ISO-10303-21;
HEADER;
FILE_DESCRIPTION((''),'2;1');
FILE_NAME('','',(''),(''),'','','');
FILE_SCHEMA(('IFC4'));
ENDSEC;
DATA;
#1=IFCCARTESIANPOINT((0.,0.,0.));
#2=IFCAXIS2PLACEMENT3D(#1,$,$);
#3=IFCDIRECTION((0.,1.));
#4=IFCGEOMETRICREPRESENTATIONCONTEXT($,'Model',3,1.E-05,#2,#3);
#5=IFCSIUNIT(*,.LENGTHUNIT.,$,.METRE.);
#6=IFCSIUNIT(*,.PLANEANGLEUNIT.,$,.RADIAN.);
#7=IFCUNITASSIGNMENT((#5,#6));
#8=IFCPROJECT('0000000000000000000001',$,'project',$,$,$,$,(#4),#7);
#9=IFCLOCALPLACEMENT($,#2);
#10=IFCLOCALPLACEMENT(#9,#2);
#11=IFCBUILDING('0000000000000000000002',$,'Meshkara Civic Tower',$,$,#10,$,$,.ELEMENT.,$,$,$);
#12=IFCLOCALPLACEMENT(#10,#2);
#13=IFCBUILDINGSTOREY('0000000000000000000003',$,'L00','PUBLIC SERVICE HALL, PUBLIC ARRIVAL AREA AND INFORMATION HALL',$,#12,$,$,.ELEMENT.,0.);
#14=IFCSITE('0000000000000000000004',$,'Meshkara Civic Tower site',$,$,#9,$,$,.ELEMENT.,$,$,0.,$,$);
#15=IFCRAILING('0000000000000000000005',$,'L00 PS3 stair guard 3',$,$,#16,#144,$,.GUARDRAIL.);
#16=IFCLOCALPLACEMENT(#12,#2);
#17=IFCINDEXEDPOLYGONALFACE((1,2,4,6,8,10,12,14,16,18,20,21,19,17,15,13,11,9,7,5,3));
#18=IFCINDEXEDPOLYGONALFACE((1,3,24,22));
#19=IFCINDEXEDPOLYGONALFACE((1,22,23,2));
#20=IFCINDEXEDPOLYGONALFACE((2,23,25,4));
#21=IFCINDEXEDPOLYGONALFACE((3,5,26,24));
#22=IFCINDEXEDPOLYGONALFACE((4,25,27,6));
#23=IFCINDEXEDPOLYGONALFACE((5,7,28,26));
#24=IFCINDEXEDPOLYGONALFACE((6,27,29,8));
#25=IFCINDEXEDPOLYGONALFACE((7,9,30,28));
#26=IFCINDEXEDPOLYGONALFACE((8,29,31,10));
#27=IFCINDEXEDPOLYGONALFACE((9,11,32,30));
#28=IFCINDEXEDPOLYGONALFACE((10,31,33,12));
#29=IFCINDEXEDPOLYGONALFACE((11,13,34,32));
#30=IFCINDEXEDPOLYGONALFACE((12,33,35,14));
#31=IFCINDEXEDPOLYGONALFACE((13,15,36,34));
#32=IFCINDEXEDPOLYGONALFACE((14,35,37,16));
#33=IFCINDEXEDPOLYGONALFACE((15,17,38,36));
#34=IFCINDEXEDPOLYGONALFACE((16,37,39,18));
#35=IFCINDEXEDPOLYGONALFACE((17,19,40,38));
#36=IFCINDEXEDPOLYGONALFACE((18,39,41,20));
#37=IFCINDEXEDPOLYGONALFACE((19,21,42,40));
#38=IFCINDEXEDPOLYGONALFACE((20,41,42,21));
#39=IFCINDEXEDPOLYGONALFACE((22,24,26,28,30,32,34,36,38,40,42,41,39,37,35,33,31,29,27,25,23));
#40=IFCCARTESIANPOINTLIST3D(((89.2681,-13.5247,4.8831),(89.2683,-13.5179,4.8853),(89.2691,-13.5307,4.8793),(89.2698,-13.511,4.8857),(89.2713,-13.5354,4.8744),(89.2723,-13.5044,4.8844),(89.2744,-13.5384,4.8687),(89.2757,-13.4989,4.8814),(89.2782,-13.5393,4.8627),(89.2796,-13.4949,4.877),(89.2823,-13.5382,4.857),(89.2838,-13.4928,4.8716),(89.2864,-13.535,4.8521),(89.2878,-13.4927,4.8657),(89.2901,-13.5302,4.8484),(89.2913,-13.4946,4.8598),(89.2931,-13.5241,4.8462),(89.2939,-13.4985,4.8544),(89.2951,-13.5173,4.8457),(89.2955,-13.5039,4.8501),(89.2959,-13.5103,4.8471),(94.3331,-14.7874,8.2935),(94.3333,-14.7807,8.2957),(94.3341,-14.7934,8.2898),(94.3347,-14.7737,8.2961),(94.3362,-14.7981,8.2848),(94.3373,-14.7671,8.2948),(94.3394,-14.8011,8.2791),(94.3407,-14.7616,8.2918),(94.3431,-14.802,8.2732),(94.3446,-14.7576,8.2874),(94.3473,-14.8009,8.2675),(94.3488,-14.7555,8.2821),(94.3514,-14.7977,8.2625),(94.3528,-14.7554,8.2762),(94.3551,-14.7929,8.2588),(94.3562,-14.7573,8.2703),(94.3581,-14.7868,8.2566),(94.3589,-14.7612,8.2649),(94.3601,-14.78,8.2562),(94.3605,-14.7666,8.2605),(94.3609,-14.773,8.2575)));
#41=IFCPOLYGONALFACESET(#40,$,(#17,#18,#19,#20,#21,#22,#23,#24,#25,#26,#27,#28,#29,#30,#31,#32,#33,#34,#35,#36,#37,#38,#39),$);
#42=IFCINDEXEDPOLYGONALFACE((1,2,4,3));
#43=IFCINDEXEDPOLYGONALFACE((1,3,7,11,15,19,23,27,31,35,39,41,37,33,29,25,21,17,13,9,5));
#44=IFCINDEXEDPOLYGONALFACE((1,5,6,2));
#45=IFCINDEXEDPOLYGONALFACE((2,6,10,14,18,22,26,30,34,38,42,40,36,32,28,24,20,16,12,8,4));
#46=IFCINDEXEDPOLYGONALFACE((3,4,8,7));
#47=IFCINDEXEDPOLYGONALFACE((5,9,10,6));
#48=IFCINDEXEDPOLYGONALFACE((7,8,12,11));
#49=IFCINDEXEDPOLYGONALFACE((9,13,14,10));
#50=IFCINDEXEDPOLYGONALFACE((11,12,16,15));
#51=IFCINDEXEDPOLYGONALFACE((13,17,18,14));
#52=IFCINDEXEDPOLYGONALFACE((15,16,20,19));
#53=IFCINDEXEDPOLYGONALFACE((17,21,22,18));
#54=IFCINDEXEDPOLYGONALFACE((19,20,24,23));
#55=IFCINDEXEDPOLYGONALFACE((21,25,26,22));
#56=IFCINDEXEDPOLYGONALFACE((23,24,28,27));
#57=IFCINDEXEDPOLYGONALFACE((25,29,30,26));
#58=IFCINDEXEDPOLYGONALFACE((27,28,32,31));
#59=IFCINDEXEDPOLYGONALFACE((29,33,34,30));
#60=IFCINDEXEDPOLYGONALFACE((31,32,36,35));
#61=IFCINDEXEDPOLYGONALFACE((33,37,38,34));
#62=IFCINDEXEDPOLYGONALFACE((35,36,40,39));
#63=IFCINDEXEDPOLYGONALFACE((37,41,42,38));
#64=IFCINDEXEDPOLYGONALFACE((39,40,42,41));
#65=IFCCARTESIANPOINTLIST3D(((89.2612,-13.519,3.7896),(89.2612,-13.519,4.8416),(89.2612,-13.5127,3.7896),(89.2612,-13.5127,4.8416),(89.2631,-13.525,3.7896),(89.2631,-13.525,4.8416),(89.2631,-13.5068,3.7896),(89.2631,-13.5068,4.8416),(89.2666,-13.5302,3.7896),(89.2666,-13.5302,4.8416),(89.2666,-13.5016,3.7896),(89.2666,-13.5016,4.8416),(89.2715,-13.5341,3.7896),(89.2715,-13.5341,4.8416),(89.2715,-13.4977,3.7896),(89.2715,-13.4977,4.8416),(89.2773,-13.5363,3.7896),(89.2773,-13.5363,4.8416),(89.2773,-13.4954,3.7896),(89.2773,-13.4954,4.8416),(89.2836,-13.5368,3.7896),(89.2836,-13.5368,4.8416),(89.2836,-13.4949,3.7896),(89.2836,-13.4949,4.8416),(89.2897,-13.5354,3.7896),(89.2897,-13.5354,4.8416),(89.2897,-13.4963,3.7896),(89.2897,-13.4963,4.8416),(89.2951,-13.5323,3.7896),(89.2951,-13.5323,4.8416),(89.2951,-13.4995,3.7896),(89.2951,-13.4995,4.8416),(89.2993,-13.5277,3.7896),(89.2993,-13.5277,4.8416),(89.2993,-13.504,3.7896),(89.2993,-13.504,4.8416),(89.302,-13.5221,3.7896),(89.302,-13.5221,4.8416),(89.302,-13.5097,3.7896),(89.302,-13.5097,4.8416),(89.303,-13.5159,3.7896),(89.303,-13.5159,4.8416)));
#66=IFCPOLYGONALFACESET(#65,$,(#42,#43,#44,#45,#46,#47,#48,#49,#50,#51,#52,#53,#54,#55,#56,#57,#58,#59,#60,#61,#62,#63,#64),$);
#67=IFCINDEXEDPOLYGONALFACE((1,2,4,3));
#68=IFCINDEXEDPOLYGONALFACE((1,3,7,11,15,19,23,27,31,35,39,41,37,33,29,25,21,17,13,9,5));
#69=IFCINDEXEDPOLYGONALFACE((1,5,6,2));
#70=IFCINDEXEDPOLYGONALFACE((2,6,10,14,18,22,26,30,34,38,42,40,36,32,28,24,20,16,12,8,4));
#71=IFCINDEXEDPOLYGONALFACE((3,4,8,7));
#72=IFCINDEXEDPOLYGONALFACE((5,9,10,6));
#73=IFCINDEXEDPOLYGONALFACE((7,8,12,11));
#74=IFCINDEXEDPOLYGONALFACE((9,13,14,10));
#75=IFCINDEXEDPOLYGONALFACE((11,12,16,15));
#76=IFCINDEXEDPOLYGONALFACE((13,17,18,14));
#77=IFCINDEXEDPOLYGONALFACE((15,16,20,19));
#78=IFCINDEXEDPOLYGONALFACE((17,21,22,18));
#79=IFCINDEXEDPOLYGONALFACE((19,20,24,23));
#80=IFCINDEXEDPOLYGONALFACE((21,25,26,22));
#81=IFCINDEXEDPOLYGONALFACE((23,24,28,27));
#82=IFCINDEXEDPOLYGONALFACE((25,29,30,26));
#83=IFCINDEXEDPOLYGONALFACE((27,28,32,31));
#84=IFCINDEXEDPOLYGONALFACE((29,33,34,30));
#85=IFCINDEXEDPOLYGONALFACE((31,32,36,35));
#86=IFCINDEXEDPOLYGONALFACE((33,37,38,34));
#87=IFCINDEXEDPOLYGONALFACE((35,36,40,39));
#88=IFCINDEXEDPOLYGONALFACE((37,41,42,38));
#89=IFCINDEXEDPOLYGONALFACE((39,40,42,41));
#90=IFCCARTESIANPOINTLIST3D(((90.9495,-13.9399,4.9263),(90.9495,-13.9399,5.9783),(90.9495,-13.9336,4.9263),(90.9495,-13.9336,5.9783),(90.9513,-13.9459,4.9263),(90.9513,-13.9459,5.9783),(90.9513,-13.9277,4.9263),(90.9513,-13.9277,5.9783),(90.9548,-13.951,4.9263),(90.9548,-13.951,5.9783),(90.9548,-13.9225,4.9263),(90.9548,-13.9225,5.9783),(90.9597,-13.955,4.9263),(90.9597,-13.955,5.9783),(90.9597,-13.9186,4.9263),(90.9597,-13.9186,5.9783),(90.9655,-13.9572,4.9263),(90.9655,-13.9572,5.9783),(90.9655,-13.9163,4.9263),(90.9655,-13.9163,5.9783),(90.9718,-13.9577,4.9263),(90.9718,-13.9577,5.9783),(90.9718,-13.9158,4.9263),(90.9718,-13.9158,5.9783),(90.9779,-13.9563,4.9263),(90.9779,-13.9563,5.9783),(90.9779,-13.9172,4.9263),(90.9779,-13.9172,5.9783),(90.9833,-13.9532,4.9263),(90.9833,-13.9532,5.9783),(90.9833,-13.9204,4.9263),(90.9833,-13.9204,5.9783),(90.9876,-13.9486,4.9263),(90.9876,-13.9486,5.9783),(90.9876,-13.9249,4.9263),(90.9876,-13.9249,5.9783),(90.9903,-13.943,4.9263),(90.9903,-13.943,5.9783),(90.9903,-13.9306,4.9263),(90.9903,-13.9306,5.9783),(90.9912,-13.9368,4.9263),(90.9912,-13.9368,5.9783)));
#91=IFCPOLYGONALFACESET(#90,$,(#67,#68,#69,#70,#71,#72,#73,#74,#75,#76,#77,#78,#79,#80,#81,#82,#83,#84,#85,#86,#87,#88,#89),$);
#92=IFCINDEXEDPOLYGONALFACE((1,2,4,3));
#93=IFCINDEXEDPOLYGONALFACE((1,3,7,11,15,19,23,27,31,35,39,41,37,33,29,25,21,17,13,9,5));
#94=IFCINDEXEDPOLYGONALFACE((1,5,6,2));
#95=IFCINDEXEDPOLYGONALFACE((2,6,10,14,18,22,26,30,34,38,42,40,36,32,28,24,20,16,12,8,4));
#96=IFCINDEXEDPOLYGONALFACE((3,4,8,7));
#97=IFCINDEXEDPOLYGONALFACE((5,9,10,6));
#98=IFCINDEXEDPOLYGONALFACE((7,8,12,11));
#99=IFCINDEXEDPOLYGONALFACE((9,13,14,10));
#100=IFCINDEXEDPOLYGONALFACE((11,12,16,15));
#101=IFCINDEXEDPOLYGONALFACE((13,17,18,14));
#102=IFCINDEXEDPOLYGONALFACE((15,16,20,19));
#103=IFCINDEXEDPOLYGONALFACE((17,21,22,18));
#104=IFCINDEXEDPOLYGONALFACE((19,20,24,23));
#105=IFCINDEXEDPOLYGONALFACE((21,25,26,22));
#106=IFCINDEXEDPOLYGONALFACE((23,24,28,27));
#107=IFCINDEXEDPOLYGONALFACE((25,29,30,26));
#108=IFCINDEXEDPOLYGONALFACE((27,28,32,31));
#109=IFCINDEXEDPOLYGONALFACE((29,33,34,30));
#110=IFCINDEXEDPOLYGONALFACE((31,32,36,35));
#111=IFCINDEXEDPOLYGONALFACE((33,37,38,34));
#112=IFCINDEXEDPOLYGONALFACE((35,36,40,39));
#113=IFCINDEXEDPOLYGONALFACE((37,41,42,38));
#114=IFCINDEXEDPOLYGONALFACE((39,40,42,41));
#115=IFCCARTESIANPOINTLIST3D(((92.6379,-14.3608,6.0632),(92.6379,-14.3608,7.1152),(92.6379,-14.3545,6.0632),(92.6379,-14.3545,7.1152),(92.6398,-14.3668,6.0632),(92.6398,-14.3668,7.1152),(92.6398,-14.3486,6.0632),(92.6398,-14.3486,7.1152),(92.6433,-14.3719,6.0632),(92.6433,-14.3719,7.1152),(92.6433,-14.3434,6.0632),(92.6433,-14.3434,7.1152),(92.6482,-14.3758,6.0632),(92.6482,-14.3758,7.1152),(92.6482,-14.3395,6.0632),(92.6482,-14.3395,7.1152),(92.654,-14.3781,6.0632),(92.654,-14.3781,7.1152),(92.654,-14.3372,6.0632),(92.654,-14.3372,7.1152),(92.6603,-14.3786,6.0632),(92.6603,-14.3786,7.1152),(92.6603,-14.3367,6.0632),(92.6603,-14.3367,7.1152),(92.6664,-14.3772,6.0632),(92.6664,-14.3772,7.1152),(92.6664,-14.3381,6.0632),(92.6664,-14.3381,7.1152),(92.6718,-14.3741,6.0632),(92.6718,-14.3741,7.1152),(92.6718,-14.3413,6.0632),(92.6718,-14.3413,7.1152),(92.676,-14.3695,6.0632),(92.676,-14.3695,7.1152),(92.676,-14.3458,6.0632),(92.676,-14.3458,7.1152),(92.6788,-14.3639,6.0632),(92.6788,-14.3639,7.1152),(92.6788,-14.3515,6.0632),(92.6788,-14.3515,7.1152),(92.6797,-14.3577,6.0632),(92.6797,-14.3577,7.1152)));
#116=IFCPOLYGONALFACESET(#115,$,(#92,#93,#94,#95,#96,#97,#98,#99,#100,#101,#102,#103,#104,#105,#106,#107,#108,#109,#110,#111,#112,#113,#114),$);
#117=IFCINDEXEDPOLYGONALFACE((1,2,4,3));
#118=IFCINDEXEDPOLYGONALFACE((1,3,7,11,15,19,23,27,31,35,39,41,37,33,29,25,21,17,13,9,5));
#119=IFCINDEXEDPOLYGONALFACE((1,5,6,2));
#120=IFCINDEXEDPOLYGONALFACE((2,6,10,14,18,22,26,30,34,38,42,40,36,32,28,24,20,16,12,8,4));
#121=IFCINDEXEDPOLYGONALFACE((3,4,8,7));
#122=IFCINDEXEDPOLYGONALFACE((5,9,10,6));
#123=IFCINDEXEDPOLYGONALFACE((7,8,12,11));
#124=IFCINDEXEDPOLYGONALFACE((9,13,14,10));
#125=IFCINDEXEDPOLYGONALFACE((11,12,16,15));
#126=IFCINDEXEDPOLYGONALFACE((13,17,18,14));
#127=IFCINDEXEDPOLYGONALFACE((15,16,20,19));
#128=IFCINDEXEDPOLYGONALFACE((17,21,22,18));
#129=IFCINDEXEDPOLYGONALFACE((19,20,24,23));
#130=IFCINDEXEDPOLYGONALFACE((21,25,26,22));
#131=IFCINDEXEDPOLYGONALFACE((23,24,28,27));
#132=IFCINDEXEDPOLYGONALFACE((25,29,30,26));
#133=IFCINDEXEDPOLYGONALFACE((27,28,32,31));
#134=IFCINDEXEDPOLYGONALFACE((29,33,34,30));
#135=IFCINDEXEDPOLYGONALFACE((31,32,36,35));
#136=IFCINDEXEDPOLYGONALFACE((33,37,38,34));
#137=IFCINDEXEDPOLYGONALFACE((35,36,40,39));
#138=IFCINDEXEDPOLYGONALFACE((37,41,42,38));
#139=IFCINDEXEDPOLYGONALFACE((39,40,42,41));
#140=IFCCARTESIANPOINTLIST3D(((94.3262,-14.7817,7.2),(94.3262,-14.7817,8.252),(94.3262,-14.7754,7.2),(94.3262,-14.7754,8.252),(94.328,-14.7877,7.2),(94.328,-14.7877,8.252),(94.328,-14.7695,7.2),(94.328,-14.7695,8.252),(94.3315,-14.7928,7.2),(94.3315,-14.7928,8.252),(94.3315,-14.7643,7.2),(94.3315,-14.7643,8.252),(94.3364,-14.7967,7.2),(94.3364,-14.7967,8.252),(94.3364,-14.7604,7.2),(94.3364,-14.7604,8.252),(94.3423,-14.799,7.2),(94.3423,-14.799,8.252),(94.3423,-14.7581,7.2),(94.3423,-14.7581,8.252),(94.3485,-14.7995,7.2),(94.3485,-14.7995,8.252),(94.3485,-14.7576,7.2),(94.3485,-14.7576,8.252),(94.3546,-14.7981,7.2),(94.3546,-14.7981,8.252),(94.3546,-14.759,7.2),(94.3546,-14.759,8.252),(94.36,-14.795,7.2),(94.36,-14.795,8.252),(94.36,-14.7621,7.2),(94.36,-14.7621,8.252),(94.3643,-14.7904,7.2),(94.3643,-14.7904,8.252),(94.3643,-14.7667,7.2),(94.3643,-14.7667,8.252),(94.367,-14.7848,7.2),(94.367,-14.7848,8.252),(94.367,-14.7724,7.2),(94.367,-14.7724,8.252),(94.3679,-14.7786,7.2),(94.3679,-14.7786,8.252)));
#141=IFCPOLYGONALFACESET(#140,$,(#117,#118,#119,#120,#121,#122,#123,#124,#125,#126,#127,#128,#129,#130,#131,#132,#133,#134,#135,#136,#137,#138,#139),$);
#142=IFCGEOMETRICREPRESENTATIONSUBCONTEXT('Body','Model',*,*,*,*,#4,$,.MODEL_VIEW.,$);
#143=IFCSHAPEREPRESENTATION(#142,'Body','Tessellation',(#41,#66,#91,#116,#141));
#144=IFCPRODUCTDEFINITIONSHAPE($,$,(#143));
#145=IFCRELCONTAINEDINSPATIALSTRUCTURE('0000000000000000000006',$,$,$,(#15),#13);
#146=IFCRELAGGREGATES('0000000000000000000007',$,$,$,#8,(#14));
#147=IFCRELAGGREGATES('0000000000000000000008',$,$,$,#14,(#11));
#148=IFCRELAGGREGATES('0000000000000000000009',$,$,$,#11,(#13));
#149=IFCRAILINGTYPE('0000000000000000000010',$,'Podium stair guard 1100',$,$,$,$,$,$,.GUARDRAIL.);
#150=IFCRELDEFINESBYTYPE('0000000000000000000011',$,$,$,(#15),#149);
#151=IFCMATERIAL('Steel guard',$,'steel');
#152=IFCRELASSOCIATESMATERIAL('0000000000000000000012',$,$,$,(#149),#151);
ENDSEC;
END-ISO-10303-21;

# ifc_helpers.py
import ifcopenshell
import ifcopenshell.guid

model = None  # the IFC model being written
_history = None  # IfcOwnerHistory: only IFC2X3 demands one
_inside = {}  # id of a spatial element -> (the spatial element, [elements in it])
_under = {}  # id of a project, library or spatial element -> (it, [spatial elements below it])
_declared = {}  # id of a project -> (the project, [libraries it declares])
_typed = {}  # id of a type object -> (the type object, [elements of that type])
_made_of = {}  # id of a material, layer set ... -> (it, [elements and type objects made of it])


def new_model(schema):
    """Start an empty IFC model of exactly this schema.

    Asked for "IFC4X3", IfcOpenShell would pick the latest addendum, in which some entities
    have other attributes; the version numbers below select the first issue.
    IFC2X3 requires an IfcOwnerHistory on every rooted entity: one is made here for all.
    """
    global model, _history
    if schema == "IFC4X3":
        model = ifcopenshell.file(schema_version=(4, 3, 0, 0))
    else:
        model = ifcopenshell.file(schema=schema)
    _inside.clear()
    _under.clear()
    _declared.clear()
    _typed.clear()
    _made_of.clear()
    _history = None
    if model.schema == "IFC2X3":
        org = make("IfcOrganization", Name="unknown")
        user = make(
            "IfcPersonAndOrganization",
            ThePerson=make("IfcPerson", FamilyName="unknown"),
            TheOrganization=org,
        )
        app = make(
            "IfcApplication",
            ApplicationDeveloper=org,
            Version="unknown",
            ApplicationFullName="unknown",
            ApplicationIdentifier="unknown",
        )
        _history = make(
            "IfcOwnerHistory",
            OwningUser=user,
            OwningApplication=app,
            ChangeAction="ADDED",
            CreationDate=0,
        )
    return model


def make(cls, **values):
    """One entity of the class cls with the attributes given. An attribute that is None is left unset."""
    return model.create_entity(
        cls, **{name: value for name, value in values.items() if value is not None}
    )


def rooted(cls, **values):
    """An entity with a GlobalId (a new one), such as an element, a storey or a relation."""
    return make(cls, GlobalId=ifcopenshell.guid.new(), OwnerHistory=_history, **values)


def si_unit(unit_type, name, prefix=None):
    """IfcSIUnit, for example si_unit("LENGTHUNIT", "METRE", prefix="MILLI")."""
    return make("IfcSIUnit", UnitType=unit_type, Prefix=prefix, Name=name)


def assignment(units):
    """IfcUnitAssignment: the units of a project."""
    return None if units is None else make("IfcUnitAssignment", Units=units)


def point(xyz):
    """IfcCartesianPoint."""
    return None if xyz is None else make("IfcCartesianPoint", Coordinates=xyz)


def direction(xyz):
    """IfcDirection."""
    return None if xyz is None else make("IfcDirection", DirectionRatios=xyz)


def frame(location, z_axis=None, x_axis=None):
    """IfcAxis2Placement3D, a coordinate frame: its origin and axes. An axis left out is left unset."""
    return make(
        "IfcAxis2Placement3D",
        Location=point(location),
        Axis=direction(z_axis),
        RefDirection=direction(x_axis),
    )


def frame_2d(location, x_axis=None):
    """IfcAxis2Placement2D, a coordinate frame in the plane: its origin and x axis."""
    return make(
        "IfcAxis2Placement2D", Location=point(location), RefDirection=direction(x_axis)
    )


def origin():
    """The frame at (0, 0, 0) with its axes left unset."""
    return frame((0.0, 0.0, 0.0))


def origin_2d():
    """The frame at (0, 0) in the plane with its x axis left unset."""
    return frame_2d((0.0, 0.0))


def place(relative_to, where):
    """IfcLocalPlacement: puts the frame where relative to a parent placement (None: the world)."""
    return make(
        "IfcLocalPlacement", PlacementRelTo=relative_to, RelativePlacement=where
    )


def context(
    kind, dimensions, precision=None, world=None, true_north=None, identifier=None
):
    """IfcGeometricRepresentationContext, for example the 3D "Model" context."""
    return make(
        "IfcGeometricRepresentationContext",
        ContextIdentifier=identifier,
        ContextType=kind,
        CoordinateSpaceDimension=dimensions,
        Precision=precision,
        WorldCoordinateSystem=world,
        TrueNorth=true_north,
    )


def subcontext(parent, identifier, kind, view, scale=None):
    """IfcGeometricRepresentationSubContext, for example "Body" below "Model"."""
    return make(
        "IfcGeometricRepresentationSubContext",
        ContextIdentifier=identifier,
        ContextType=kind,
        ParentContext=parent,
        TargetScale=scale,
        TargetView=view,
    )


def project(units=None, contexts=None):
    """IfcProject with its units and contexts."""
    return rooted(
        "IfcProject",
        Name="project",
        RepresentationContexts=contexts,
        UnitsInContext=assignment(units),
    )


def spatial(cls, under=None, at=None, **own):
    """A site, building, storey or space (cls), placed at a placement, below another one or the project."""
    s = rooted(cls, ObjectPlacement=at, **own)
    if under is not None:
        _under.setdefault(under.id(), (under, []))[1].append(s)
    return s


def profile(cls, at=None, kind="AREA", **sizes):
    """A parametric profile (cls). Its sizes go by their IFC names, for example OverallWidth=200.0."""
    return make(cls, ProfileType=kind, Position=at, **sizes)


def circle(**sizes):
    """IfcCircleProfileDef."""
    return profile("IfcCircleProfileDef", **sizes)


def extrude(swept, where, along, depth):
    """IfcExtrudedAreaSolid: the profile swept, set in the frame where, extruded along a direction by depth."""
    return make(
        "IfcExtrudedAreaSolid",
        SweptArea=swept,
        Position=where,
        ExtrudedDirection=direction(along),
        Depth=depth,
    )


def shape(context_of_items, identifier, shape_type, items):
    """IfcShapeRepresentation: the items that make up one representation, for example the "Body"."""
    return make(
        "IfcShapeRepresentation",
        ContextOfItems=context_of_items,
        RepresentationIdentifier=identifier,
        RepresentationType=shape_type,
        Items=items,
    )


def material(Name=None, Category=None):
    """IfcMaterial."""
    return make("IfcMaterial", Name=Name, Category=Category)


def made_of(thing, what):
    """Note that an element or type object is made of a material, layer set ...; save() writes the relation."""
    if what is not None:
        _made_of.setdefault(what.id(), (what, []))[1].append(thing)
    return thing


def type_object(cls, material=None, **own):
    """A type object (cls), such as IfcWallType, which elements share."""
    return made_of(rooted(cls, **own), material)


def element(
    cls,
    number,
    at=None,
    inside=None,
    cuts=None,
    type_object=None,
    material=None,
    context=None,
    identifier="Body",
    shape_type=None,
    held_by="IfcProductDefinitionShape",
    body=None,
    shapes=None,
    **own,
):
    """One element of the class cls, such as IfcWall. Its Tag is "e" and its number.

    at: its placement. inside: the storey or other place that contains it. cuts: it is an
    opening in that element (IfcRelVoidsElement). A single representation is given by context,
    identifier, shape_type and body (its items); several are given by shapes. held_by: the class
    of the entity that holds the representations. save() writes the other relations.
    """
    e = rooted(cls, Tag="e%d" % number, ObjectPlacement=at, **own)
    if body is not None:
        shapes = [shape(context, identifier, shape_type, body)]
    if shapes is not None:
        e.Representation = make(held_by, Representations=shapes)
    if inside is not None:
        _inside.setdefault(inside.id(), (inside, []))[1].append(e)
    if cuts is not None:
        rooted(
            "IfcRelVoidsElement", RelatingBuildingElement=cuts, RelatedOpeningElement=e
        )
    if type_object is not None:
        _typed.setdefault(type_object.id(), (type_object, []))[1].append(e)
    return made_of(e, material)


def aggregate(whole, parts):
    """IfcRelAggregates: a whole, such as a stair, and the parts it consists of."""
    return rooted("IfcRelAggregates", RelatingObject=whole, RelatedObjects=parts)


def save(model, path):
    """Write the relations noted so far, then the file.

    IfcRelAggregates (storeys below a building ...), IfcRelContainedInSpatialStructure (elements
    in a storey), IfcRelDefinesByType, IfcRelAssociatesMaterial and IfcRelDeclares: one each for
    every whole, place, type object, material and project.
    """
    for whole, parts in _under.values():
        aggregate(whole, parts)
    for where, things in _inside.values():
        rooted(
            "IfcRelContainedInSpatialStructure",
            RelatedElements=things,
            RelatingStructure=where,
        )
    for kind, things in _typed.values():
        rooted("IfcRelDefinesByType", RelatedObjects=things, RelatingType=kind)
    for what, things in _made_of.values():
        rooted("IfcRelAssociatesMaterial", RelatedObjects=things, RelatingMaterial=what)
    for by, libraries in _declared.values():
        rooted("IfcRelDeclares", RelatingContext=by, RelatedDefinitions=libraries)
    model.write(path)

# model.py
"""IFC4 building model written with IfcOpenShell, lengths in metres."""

from ifc_helpers import new_model, si_unit, direction, frame, origin, origin_2d, place, context, subcontext, project, spatial, circle, extrude, material, type_object, element, save


model = new_model("IFC4")

# Units and contexts
model_context = context("Model", 3, precision=1e-05, world=origin(), true_north=direction((0.0, 1.0)))
body_context = subcontext(model_context, "Body", "Model", "MODEL_VIEW")
ifc_project = project(units=[si_unit("LENGTHUNIT", "METRE"), si_unit("PLANEANGLEUNIT", "RADIAN")], contexts=[model_context])

# Site, building, storey
site_placement = place(None, origin())
site = spatial("IfcSite", under=ifc_project, at=site_placement, Name="Meshkara Civic Tower site", CompositionType="ELEMENT", RefElevation=0.0)
building_placement = place(site_placement, origin())
building = spatial("IfcBuilding", under=site, at=building_placement, Name="Meshkara Civic Tower", CompositionType="ELEMENT")
storey_placement = place(building_placement, origin())
storey = spatial("IfcBuildingStorey", under=building, at=storey_placement, Name="L00", Description="PUBLIC SERVICE HALL, PUBLIC ARRIVAL AREA AND INFORMATION HALL", CompositionType="ELEMENT", Elevation=0.0)

# Railing
ifc_material_1 = material(Name="Steel guard", Category="steel")
railing_type_1 = type_object("IfcRailingType", Name="Podium stair guard 1100", PredefinedType="GUARDRAIL", material=ifc_material_1)
railing_1_placement = place(storey_placement, frame((89.282, -13.5159, 3.7896)))
element("IfcRailing", 1, at=railing_1_placement, inside=storey, type_object=railing_type_1, Name="L00 PS3 stair guard 3", PredefinedType="GUARDRAIL", context=body_context, shape_type="SweptSolid", body=[
    extrude(circle(Radius=0.0239, at=origin_2d()), frame((0.0, 0.0, 1.0762), z_axis=(0.812302, -0.202508, 0.546951), x_axis=(0.241897, 0.970302, 0.0)), (0.0, 0.0, 1.0), 6.2354),
    extrude(circle(Radius=0.021, at=origin_2d()), origin(), (0.0, 0.0, 1.0), 1.052),
    extrude(circle(Radius=0.021, at=origin_2d()), frame((1.6882, -0.4209, 1.1367)), (0.0, 0.0, 1.0), 1.052),
    extrude(circle(Radius=0.021, at=origin_2d()), frame((3.3767, -0.8418, 2.2737)), (0.0, 0.0, 1.0), 1.052),
    extrude(circle(Radius=0.021, at=origin_2d()), frame((5.0649, -1.2627, 3.4104)), (0.0, 0.0, 1.0), 1.052),
])

save(model, "model.ifc")
